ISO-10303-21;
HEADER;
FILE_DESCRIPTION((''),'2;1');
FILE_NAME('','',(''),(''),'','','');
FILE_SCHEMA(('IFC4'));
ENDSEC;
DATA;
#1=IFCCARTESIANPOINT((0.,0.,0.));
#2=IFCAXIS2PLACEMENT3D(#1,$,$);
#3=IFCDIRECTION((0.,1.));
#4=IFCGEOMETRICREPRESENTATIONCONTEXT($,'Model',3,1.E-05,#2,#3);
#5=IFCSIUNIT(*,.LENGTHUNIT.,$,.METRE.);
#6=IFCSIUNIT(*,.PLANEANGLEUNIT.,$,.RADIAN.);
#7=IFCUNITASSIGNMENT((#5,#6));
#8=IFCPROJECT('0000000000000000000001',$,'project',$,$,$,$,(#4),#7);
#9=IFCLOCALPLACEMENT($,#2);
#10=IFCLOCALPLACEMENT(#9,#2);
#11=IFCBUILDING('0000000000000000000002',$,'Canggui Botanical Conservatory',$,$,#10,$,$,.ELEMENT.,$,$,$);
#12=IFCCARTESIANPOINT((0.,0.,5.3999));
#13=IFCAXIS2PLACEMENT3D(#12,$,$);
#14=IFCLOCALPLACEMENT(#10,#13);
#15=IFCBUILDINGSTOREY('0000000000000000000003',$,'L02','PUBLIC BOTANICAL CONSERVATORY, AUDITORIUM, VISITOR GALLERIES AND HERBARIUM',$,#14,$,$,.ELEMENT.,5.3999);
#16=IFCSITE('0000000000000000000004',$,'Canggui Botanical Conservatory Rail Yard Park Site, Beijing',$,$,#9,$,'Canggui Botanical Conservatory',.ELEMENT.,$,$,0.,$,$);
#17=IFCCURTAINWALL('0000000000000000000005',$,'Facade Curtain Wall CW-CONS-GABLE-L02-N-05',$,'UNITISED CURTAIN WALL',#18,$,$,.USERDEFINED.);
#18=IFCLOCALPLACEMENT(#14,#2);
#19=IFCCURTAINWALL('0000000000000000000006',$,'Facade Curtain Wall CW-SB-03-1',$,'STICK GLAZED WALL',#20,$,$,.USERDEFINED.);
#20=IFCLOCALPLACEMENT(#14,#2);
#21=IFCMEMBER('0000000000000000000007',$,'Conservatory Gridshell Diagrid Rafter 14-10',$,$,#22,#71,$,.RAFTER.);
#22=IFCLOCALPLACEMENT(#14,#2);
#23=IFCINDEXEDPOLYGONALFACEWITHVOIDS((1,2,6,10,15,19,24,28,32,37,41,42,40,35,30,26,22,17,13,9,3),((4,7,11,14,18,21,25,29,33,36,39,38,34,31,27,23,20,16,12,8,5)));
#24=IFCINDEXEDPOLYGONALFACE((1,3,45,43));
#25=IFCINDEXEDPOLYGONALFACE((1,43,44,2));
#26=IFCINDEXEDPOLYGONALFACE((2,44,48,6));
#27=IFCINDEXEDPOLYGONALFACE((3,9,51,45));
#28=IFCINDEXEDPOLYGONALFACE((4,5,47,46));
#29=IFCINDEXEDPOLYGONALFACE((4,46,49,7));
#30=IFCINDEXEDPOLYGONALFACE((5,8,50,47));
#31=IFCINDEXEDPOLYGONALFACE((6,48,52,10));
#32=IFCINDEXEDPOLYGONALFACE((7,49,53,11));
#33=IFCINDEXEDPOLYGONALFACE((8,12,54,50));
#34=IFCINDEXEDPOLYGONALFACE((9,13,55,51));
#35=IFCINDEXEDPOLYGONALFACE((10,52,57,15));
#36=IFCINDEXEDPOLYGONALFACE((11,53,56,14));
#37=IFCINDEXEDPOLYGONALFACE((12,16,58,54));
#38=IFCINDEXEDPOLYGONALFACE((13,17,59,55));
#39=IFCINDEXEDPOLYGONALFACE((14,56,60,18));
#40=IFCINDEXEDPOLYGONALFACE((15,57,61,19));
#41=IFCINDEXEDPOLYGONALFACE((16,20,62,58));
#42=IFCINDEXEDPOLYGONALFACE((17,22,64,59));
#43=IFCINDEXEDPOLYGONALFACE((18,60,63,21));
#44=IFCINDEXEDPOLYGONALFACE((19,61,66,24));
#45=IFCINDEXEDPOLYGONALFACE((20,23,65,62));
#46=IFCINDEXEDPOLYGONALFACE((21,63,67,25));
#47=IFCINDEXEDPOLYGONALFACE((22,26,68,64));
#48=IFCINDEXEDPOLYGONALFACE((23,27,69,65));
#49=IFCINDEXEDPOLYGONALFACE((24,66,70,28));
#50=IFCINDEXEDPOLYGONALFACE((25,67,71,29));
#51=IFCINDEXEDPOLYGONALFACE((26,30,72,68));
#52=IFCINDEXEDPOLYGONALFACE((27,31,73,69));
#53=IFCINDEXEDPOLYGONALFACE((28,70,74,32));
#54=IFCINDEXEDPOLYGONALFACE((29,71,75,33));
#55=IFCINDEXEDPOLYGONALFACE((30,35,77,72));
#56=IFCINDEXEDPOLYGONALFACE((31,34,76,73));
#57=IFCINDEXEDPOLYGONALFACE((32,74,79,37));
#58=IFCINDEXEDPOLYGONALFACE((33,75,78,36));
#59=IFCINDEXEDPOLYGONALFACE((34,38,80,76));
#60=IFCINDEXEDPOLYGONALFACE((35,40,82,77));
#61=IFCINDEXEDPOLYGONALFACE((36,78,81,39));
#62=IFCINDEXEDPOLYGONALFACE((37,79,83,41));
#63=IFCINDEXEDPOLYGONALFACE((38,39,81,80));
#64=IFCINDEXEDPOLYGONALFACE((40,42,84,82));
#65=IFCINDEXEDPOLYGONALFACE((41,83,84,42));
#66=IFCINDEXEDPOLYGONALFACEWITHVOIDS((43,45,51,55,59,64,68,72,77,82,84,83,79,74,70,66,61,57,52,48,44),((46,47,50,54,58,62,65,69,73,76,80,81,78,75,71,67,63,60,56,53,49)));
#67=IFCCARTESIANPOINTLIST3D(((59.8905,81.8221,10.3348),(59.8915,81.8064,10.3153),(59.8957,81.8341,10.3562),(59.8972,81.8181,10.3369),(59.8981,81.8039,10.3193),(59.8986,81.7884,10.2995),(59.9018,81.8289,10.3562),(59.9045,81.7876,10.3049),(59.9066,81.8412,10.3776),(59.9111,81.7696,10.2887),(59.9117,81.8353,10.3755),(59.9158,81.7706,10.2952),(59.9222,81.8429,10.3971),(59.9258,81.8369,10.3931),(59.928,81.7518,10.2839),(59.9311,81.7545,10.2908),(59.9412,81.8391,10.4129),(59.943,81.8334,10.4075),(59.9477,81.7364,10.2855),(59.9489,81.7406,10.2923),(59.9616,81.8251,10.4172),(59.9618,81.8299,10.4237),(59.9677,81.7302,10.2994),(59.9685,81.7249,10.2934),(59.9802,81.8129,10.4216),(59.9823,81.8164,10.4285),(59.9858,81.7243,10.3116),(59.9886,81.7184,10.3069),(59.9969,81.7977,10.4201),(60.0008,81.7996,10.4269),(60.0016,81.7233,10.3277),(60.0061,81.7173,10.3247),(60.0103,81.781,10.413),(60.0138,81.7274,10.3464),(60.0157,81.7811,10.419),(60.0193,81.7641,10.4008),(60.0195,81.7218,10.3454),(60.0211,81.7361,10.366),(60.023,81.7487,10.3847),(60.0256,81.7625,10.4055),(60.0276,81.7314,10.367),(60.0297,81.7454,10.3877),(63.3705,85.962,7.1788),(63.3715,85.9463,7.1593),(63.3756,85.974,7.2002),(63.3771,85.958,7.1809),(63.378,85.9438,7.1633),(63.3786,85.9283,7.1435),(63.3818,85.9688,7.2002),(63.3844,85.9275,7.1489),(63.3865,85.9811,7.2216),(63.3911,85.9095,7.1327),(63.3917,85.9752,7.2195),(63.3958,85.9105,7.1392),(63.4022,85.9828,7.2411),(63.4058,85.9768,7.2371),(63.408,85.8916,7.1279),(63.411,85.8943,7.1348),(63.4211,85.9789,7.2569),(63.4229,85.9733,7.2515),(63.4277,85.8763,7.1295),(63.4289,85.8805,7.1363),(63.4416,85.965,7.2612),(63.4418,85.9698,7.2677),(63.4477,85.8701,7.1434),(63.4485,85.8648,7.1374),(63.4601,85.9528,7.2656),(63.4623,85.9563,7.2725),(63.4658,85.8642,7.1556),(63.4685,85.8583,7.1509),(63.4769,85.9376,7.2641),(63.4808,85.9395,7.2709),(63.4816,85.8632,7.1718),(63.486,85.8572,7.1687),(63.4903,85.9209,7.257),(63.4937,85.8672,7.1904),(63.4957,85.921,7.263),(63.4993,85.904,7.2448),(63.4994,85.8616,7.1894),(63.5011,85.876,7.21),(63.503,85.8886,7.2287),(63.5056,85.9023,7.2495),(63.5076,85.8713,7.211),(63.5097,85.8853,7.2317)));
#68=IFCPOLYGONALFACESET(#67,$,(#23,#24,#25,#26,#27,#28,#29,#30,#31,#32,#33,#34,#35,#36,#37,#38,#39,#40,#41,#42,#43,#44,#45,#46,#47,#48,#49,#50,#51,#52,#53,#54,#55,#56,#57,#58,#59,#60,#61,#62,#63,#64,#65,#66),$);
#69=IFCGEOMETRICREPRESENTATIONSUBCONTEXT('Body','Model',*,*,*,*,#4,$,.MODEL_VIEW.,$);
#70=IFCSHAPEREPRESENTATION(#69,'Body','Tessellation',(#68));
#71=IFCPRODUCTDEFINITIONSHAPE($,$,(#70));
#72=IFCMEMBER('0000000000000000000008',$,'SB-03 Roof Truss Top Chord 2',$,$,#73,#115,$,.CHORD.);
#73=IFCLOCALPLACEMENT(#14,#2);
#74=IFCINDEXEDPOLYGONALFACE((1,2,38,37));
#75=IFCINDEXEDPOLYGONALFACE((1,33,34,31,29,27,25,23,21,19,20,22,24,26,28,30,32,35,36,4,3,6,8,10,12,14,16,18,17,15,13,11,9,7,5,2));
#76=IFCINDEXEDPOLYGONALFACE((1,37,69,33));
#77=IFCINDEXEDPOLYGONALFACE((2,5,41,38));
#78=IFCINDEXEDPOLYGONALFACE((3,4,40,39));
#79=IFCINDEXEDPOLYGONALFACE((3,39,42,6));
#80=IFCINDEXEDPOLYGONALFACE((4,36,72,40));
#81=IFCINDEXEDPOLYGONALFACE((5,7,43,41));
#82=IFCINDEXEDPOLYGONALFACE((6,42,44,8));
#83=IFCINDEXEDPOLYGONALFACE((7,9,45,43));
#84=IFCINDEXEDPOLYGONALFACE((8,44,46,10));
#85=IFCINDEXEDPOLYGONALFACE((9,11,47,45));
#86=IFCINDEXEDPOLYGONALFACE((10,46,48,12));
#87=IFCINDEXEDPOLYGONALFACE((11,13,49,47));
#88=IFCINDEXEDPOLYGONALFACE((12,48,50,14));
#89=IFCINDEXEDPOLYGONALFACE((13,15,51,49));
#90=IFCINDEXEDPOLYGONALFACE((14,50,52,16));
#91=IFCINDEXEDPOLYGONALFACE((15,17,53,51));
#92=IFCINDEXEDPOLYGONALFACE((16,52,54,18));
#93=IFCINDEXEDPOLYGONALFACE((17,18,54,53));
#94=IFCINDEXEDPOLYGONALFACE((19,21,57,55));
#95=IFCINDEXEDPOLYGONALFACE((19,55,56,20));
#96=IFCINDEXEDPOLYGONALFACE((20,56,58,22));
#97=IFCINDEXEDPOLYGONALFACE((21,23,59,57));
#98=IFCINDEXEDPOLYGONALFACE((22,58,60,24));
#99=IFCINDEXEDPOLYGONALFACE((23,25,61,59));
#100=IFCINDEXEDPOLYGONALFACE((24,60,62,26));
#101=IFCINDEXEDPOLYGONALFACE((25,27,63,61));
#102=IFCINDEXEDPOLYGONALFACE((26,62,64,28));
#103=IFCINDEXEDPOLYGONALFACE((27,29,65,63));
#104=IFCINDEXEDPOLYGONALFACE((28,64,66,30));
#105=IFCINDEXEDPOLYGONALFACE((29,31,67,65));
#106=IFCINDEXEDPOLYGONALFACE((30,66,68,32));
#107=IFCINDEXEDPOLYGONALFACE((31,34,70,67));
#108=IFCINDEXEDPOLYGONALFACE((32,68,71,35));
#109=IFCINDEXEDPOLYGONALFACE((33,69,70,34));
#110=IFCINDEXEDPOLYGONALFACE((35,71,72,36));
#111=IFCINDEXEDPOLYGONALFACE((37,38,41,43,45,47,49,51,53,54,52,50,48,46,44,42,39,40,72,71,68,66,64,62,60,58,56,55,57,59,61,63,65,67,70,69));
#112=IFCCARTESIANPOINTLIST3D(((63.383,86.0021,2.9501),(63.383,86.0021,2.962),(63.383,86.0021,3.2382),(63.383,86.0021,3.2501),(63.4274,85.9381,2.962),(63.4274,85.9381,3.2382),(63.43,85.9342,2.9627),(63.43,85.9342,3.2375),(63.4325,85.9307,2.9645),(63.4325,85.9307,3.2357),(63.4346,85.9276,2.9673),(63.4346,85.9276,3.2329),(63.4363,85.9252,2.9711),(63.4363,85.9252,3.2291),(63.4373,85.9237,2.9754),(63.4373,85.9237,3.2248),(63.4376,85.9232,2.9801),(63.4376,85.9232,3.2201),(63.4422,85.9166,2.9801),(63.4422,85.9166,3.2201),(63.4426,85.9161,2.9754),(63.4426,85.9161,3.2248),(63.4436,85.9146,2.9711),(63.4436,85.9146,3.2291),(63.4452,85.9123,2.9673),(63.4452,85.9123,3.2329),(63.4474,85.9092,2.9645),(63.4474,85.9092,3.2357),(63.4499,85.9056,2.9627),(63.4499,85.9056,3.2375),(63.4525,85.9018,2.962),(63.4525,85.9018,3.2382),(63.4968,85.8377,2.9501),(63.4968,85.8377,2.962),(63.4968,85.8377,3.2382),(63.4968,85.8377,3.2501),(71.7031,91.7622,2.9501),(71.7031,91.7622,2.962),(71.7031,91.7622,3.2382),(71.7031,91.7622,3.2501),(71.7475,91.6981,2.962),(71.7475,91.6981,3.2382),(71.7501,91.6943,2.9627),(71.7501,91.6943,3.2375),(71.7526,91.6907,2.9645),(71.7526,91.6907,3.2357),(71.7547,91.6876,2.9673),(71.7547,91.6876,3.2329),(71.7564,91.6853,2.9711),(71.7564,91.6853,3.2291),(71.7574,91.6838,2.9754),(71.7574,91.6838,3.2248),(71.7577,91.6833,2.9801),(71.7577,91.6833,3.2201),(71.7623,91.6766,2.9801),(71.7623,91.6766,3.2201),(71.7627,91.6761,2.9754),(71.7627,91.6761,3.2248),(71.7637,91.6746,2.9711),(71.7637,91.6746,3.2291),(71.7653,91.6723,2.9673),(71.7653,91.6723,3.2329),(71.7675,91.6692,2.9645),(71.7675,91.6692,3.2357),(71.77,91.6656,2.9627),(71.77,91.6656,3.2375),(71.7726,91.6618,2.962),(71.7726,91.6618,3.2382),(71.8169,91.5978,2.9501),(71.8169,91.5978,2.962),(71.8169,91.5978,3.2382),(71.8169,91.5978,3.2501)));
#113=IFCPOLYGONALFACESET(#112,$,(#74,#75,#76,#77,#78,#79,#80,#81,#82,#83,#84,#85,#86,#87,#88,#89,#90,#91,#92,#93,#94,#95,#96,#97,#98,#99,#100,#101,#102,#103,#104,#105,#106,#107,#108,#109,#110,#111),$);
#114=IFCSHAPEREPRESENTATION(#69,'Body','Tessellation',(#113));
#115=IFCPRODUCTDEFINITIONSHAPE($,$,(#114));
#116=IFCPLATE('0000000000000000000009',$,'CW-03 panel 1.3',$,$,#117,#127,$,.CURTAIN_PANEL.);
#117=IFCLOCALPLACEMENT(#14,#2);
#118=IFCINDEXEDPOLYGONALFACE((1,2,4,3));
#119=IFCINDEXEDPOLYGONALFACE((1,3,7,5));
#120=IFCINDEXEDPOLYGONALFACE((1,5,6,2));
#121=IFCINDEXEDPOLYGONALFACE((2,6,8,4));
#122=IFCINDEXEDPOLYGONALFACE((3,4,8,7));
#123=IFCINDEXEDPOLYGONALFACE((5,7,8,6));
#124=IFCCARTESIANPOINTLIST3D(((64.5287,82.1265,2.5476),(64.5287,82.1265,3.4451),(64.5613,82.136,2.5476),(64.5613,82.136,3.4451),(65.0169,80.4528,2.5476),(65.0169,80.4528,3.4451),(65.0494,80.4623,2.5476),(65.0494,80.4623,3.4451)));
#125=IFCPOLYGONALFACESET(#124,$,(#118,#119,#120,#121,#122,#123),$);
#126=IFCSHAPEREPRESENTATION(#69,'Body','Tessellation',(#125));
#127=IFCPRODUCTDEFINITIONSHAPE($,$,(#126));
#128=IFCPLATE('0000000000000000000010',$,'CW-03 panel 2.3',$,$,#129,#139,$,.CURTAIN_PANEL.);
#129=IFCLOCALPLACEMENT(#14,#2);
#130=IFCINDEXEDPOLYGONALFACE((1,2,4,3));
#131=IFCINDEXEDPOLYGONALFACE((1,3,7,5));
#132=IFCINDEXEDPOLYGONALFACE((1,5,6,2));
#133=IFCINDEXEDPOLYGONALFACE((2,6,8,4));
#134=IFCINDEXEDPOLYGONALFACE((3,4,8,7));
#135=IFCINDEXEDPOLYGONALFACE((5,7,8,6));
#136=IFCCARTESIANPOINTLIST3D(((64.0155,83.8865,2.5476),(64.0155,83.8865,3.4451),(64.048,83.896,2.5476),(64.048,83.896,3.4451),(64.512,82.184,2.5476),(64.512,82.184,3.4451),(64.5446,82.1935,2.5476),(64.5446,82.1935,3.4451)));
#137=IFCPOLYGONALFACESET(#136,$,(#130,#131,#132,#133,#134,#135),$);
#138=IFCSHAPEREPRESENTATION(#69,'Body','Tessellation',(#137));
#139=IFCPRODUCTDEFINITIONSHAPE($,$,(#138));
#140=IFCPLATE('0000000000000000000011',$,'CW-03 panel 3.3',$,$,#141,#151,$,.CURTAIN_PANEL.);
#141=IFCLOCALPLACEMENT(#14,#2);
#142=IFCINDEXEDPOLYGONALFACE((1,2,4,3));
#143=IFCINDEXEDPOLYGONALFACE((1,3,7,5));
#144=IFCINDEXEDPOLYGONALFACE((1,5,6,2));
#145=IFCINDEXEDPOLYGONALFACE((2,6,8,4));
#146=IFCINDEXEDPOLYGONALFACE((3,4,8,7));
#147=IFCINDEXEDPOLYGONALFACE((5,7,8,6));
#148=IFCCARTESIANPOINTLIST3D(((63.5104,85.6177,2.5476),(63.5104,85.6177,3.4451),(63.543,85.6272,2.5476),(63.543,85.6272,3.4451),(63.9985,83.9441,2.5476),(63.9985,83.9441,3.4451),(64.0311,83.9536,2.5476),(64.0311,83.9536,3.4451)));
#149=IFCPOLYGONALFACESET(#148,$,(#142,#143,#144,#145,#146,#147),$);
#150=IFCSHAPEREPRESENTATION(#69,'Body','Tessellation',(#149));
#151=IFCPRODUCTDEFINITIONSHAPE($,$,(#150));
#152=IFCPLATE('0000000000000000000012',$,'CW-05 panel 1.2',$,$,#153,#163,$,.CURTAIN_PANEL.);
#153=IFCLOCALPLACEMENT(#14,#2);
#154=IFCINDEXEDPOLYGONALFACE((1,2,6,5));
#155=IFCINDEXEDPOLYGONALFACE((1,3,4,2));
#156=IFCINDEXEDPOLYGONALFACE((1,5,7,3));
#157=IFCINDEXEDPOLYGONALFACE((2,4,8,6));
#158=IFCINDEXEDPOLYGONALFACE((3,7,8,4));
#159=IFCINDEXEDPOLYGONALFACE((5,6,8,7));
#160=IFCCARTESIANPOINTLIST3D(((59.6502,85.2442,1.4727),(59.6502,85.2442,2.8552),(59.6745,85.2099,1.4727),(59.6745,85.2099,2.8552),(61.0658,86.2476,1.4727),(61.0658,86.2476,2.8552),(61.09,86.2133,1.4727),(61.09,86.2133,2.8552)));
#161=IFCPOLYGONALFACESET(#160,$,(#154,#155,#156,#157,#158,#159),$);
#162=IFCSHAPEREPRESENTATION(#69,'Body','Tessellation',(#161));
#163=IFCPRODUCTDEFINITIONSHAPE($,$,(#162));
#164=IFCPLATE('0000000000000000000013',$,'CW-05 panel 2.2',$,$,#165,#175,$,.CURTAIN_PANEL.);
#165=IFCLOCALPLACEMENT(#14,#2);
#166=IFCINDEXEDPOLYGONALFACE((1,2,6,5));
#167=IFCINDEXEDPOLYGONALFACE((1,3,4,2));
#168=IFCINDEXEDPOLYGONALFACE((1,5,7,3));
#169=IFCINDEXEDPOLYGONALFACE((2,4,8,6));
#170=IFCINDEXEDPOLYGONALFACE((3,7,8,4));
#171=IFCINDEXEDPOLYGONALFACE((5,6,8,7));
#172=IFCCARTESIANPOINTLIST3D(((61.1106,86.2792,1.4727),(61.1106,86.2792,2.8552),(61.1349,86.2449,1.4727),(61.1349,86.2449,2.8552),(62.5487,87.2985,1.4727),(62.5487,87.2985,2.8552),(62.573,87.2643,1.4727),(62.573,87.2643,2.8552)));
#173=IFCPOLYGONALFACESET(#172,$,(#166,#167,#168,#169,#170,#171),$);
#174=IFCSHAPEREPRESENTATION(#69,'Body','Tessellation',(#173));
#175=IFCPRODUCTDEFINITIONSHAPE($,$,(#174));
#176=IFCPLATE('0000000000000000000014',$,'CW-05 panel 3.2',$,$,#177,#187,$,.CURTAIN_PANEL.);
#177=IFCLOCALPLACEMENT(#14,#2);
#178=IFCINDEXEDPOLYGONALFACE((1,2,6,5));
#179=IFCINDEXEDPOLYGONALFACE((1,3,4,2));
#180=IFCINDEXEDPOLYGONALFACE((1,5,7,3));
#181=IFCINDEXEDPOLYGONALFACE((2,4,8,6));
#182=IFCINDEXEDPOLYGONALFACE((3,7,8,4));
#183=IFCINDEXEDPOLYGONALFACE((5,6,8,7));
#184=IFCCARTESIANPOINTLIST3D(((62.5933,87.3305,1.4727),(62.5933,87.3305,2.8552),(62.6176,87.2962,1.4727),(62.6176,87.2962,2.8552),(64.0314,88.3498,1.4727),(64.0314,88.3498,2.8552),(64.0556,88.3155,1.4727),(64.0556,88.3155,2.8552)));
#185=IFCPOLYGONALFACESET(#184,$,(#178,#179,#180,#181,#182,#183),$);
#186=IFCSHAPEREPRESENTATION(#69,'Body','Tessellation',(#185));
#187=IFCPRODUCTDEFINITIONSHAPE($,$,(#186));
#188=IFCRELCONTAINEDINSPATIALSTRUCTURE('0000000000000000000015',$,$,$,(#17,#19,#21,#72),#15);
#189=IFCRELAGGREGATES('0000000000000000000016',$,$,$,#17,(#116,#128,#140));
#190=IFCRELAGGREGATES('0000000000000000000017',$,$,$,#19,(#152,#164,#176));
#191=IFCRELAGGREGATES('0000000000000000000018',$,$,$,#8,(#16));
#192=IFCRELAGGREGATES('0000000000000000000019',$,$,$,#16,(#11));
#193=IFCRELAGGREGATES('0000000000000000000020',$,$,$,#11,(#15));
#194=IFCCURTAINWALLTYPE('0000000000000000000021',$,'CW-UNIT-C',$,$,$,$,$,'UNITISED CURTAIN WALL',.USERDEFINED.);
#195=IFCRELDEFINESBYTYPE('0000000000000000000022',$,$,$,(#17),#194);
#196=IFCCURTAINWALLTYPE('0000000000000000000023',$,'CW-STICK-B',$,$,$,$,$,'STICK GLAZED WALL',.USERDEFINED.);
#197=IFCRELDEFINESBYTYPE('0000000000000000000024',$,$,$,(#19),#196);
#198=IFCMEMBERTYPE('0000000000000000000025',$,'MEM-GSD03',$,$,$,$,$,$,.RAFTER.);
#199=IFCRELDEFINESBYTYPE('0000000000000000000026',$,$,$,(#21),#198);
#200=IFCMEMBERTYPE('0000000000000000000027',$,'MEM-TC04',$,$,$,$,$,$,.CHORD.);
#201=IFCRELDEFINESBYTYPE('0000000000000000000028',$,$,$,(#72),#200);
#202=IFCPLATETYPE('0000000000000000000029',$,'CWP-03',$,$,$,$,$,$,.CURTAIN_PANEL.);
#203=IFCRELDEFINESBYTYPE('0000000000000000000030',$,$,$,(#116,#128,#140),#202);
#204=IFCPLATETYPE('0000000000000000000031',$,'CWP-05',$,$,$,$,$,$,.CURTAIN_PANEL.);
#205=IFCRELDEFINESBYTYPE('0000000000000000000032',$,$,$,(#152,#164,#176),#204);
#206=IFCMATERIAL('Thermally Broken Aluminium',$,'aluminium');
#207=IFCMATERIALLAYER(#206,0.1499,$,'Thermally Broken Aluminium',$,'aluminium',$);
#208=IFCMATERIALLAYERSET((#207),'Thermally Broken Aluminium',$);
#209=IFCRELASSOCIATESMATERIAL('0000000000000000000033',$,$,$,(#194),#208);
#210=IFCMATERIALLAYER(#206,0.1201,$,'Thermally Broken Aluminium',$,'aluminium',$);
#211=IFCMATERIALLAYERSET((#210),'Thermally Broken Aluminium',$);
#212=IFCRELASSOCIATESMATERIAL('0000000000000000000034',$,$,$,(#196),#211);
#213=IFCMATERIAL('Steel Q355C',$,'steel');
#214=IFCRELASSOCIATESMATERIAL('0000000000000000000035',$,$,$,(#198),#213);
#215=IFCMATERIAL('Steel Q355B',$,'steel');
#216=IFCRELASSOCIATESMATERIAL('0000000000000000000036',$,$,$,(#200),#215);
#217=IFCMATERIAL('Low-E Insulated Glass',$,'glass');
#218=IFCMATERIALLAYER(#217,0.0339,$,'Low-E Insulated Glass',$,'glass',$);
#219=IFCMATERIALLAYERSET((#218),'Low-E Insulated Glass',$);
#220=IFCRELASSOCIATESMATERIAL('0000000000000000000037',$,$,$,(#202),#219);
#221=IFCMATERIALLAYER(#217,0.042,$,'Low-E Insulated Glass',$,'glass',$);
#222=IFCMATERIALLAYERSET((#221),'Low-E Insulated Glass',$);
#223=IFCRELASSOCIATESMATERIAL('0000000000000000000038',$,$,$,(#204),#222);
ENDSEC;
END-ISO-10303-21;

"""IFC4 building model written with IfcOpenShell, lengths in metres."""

from ifc_helpers import new_model, si_unit, direction, frame, origin, origin_2d, place, context, subcontext, project, spatial, rectangle, hollow_circle, i_section, extrude, material, layer, layer_set, material_profile, profile_set, type_object, element, aggregate, save


model = new_model("IFC4")

# Units and contexts
model_context = context("Model", 3, precision=1e-05, world=origin(), true_north=direction((0.0, 1.0)))
body_context = subcontext(model_context, "Body", "Model", "MODEL_VIEW")
ifc_project = project(units=[si_unit("LENGTHUNIT", "METRE"), si_unit("PLANEANGLEUNIT", "RADIAN")], contexts=[model_context])

# Site, building, storey
site_placement = place(None, origin())
site = spatial("IfcSite", under=ifc_project, at=site_placement, Name="Canggui Botanical Conservatory Rail Yard Park Site, Beijing", LongName="Canggui Botanical Conservatory", CompositionType="ELEMENT", RefElevation=0.0)
building_placement = place(site_placement, origin())
building = spatial("IfcBuilding", under=site, at=building_placement, Name="Canggui Botanical Conservatory", CompositionType="ELEMENT")
storey_placement = place(building_placement, frame((0.0, 0.0, 5.3999)))
storey = spatial("IfcBuildingStorey", under=building, at=storey_placement, Name="L02", Description="PUBLIC BOTANICAL CONSERVATORY, AUDITORIUM, VISITOR GALLERIES AND HERBARIUM", CompositionType="ELEMENT", Elevation=5.3999)

# Shared definitions
ifc_material_1 = material(Name="Steel Q355C", Category="steel")

# Curtain walls
ifc_material_2 = material(Name="Thermally Broken Aluminium", Category="aluminium")
ifc_layer_1 = layer(ifc_material_2, 0.1499, Name="Thermally Broken Aluminium", Category="aluminium")
ifc_layer_set_1 = layer_set([ifc_layer_1], Name="Thermally Broken Aluminium")
curtain_wall_type_1 = type_object("IfcCurtainWallType", Name="CW-UNIT-C", ElementType="UNITISED CURTAIN WALL", PredefinedType="USERDEFINED", material=ifc_layer_set_1)
curtain_wall_1_placement = place(storey_placement, origin())
curtain_wall_1 = element("IfcCurtainWall", 1, at=curtain_wall_1_placement, inside=storey, type_object=curtain_wall_type_1, Name="Facade Curtain Wall CW-CONS-GABLE-L02-N-05", ObjectType="UNITISED CURTAIN WALL", PredefinedType="USERDEFINED")
ifc_layer_2 = layer(ifc_material_2, 0.1201, Name="Thermally Broken Aluminium", Category="aluminium")
ifc_layer_set_2 = layer_set([ifc_layer_2], Name="Thermally Broken Aluminium")
curtain_wall_type_2 = type_object("IfcCurtainWallType", Name="CW-STICK-B", ElementType="STICK GLAZED WALL", PredefinedType="USERDEFINED", material=ifc_layer_set_2)
curtain_wall_2_placement = place(storey_placement, origin())
curtain_wall_2 = element("IfcCurtainWall", 2, at=curtain_wall_2_placement, inside=storey, type_object=curtain_wall_type_2, Name="Facade Curtain Wall CW-SB-03-1", ObjectType="STICK GLAZED WALL", PredefinedType="USERDEFINED")

# Members
ifc_material_profile_1 = material_profile(ifc_material_1, hollow_circle(Radius=0.084, WallThickness=0.0081, at=origin_2d()), Name="CHS 168x8")
ifc_profile_set_1 = profile_set([ifc_material_profile_1], Name="Steel Q355C")
member_type_1 = type_object("IfcMemberType", Name="MEM-GSD03", PredefinedType="RAFTER", material=ifc_profile_set_1)
member_1_placement = place(storey_placement, frame((59.96, 81.78, 10.3562), z_axis=(0.555753, 0.661141, -0.504014), x_axis=(-0.76548, 0.64346, 0.0)))
element("IfcMember", 3, at=member_1_placement, inside=storey, type_object=member_type_1, Name="Conservatory Gridshell Diagrid Rafter 14-10", PredefinedType="RAFTER", context=body_context, shape_type="SweptSolid", body=[
    extrude(hollow_circle(Radius=0.084, WallThickness=0.0081, at=origin_2d()), origin(), (0.0, 0.0, 1.0), 6.2617),
])
ifc_material_3 = material(Name="Steel Q355B", Category="steel")
ifc_material_profile_2 = material_profile(ifc_material_3, i_section(OverallWidth=0.2, OverallDepth=0.3, WebThickness=0.0081, FlangeThickness=0.012, FilletRadius=0.0181, at=origin_2d()), Name="HM 300x200x8x12")
ifc_profile_set_2 = profile_set([ifc_material_profile_2], Name="Steel Q355B")
member_type_2 = type_object("IfcMemberType", Name="MEM-TC04", PredefinedType="CHORD", material=ifc_profile_set_2)
member_2_placement = place(storey_placement, frame((63.4399, 85.9199, 3.1001), z_axis=(0.822194, 0.569207, 0.0), x_axis=(-0.569207, 0.822194, 0.0)))
element("IfcMember", 4, at=member_2_placement, inside=storey, type_object=member_type_2, Name="SB-03 Roof Truss Top Chord 2", PredefinedType="CHORD", context=body_context, shape_type="SweptSolid", body=[
    extrude(i_section(OverallWidth=0.2, OverallDepth=0.3, WebThickness=0.0081, FlangeThickness=0.012, FilletRadius=0.0181, at=origin_2d()), origin(), (0.0, 0.0, 1.0), 10.1194),
])

# Plates
ifc_material_4 = material(Name="Low-E Insulated Glass", Category="glass")
ifc_layer_3 = layer(ifc_material_4, 0.0339, Name="Low-E Insulated Glass", Category="glass")
ifc_layer_set_3 = layer_set([ifc_layer_3], Name="Low-E Insulated Glass")
plate_type_1 = type_object("IfcPlateType", Name="CWP-03", PredefinedType="CURTAIN_PANEL", material=ifc_layer_set_3)
plate_1_placement = place(storey_placement, frame((64.7891, 81.2944, 2.5476), z_axis=(0.0, 0.0, 1.0), x_axis=(-0.28, 0.96, 0.0)))
plate_1 = element("IfcPlate", 5, at=plate_1_placement, type_object=plate_type_1, Name="CW-03 panel 1.3", PredefinedType="CURTAIN_PANEL", context=body_context, shape_type="SweptSolid", body=[
    extrude(rectangle(XDim=1.7434, YDim=0.0339, at=origin_2d()), origin(), (0.0, 0.0, 1.0), 0.8975),
])
plate_2_placement = place(storey_placement, frame((64.28, 83.04, 2.5476), z_axis=(0.0, 0.0, 1.0), x_axis=(-0.28, 0.96, 0.0)))
plate_2 = element("IfcPlate", 6, at=plate_2_placement, type_object=plate_type_1, Name="CW-03 panel 2.3", PredefinedType="CURTAIN_PANEL", context=body_context, shape_type="SweptSolid", body=[
    extrude(rectangle(XDim=1.7734, YDim=0.0339, at=origin_2d()), origin(), (0.0, 0.0, 1.0), 0.8975),
])
plate_3_placement = place(storey_placement, frame((63.7708, 84.7856, 2.5476), z_axis=(0.0, 0.0, 1.0), x_axis=(-0.28, 0.96, 0.0)))
plate_3 = element("IfcPlate", 7, at=plate_3_placement, type_object=plate_type_1, Name="CW-03 panel 3.3", PredefinedType="CURTAIN_PANEL", context=body_context, shape_type="SweptSolid", body=[
    extrude(rectangle(XDim=1.7434, YDim=0.0339, at=origin_2d()), origin(), (0.0, 0.0, 1.0), 0.8975),
])
aggregate(curtain_wall_1, [plate_1, plate_2, plate_3])
ifc_layer_4 = layer(ifc_material_4, 0.042, Name="Low-E Insulated Glass", Category="glass")
ifc_layer_set_4 = layer_set([ifc_layer_4], Name="Low-E Insulated Glass")
plate_type_2 = type_object("IfcPlateType", Name="CWP-05", PredefinedType="CURTAIN_PANEL", material=ifc_layer_set_4)
plate_4_placement = place(storey_placement, frame((60.3701, 85.7288, 1.4727), z_axis=(0.0, 0.0, 1.0), x_axis=(0.815837, 0.578282, 0.0)))
plate_4 = element("IfcPlate", 8, at=plate_4_placement, type_object=plate_type_2, Name="CW-05 panel 1.2", PredefinedType="CURTAIN_PANEL", context=body_context, shape_type="SweptSolid", body=[
    extrude(rectangle(XDim=1.7351, YDim=0.042, at=origin_2d()), origin(), (0.0, 0.0, 1.0), 1.3826),
])
plate_5_placement = place(storey_placement, frame((61.8418, 86.7717, 1.4727), z_axis=(0.0, 0.0, 1.0), x_axis=(0.815837, 0.578282, 0.0)))
plate_5 = element("IfcPlate", 9, at=plate_5_placement, type_object=plate_type_2, Name="CW-05 panel 2.2", PredefinedType="CURTAIN_PANEL", context=body_context, shape_type="SweptSolid", body=[
    extrude(rectangle(XDim=1.7627, YDim=0.042, at=origin_2d()), origin(), (0.0, 0.0, 1.0), 1.3826),
])
plate_6_placement = place(storey_placement, frame((63.3245, 87.823, 1.4727), z_axis=(0.0, 0.0, 1.0), x_axis=(0.815837, 0.578282, 0.0)))
plate_6 = element("IfcPlate", 10, at=plate_6_placement, type_object=plate_type_2, Name="CW-05 panel 3.2", PredefinedType="CURTAIN_PANEL", context=body_context, shape_type="SweptSolid", body=[
    extrude(rectangle(XDim=1.7627, YDim=0.042, at=origin_2d()), origin(), (0.0, 0.0, 1.0), 1.3826),
])
aggregate(curtain_wall_2, [plate_4, plate_5, plate_6])

save(model, "model.ifc")
